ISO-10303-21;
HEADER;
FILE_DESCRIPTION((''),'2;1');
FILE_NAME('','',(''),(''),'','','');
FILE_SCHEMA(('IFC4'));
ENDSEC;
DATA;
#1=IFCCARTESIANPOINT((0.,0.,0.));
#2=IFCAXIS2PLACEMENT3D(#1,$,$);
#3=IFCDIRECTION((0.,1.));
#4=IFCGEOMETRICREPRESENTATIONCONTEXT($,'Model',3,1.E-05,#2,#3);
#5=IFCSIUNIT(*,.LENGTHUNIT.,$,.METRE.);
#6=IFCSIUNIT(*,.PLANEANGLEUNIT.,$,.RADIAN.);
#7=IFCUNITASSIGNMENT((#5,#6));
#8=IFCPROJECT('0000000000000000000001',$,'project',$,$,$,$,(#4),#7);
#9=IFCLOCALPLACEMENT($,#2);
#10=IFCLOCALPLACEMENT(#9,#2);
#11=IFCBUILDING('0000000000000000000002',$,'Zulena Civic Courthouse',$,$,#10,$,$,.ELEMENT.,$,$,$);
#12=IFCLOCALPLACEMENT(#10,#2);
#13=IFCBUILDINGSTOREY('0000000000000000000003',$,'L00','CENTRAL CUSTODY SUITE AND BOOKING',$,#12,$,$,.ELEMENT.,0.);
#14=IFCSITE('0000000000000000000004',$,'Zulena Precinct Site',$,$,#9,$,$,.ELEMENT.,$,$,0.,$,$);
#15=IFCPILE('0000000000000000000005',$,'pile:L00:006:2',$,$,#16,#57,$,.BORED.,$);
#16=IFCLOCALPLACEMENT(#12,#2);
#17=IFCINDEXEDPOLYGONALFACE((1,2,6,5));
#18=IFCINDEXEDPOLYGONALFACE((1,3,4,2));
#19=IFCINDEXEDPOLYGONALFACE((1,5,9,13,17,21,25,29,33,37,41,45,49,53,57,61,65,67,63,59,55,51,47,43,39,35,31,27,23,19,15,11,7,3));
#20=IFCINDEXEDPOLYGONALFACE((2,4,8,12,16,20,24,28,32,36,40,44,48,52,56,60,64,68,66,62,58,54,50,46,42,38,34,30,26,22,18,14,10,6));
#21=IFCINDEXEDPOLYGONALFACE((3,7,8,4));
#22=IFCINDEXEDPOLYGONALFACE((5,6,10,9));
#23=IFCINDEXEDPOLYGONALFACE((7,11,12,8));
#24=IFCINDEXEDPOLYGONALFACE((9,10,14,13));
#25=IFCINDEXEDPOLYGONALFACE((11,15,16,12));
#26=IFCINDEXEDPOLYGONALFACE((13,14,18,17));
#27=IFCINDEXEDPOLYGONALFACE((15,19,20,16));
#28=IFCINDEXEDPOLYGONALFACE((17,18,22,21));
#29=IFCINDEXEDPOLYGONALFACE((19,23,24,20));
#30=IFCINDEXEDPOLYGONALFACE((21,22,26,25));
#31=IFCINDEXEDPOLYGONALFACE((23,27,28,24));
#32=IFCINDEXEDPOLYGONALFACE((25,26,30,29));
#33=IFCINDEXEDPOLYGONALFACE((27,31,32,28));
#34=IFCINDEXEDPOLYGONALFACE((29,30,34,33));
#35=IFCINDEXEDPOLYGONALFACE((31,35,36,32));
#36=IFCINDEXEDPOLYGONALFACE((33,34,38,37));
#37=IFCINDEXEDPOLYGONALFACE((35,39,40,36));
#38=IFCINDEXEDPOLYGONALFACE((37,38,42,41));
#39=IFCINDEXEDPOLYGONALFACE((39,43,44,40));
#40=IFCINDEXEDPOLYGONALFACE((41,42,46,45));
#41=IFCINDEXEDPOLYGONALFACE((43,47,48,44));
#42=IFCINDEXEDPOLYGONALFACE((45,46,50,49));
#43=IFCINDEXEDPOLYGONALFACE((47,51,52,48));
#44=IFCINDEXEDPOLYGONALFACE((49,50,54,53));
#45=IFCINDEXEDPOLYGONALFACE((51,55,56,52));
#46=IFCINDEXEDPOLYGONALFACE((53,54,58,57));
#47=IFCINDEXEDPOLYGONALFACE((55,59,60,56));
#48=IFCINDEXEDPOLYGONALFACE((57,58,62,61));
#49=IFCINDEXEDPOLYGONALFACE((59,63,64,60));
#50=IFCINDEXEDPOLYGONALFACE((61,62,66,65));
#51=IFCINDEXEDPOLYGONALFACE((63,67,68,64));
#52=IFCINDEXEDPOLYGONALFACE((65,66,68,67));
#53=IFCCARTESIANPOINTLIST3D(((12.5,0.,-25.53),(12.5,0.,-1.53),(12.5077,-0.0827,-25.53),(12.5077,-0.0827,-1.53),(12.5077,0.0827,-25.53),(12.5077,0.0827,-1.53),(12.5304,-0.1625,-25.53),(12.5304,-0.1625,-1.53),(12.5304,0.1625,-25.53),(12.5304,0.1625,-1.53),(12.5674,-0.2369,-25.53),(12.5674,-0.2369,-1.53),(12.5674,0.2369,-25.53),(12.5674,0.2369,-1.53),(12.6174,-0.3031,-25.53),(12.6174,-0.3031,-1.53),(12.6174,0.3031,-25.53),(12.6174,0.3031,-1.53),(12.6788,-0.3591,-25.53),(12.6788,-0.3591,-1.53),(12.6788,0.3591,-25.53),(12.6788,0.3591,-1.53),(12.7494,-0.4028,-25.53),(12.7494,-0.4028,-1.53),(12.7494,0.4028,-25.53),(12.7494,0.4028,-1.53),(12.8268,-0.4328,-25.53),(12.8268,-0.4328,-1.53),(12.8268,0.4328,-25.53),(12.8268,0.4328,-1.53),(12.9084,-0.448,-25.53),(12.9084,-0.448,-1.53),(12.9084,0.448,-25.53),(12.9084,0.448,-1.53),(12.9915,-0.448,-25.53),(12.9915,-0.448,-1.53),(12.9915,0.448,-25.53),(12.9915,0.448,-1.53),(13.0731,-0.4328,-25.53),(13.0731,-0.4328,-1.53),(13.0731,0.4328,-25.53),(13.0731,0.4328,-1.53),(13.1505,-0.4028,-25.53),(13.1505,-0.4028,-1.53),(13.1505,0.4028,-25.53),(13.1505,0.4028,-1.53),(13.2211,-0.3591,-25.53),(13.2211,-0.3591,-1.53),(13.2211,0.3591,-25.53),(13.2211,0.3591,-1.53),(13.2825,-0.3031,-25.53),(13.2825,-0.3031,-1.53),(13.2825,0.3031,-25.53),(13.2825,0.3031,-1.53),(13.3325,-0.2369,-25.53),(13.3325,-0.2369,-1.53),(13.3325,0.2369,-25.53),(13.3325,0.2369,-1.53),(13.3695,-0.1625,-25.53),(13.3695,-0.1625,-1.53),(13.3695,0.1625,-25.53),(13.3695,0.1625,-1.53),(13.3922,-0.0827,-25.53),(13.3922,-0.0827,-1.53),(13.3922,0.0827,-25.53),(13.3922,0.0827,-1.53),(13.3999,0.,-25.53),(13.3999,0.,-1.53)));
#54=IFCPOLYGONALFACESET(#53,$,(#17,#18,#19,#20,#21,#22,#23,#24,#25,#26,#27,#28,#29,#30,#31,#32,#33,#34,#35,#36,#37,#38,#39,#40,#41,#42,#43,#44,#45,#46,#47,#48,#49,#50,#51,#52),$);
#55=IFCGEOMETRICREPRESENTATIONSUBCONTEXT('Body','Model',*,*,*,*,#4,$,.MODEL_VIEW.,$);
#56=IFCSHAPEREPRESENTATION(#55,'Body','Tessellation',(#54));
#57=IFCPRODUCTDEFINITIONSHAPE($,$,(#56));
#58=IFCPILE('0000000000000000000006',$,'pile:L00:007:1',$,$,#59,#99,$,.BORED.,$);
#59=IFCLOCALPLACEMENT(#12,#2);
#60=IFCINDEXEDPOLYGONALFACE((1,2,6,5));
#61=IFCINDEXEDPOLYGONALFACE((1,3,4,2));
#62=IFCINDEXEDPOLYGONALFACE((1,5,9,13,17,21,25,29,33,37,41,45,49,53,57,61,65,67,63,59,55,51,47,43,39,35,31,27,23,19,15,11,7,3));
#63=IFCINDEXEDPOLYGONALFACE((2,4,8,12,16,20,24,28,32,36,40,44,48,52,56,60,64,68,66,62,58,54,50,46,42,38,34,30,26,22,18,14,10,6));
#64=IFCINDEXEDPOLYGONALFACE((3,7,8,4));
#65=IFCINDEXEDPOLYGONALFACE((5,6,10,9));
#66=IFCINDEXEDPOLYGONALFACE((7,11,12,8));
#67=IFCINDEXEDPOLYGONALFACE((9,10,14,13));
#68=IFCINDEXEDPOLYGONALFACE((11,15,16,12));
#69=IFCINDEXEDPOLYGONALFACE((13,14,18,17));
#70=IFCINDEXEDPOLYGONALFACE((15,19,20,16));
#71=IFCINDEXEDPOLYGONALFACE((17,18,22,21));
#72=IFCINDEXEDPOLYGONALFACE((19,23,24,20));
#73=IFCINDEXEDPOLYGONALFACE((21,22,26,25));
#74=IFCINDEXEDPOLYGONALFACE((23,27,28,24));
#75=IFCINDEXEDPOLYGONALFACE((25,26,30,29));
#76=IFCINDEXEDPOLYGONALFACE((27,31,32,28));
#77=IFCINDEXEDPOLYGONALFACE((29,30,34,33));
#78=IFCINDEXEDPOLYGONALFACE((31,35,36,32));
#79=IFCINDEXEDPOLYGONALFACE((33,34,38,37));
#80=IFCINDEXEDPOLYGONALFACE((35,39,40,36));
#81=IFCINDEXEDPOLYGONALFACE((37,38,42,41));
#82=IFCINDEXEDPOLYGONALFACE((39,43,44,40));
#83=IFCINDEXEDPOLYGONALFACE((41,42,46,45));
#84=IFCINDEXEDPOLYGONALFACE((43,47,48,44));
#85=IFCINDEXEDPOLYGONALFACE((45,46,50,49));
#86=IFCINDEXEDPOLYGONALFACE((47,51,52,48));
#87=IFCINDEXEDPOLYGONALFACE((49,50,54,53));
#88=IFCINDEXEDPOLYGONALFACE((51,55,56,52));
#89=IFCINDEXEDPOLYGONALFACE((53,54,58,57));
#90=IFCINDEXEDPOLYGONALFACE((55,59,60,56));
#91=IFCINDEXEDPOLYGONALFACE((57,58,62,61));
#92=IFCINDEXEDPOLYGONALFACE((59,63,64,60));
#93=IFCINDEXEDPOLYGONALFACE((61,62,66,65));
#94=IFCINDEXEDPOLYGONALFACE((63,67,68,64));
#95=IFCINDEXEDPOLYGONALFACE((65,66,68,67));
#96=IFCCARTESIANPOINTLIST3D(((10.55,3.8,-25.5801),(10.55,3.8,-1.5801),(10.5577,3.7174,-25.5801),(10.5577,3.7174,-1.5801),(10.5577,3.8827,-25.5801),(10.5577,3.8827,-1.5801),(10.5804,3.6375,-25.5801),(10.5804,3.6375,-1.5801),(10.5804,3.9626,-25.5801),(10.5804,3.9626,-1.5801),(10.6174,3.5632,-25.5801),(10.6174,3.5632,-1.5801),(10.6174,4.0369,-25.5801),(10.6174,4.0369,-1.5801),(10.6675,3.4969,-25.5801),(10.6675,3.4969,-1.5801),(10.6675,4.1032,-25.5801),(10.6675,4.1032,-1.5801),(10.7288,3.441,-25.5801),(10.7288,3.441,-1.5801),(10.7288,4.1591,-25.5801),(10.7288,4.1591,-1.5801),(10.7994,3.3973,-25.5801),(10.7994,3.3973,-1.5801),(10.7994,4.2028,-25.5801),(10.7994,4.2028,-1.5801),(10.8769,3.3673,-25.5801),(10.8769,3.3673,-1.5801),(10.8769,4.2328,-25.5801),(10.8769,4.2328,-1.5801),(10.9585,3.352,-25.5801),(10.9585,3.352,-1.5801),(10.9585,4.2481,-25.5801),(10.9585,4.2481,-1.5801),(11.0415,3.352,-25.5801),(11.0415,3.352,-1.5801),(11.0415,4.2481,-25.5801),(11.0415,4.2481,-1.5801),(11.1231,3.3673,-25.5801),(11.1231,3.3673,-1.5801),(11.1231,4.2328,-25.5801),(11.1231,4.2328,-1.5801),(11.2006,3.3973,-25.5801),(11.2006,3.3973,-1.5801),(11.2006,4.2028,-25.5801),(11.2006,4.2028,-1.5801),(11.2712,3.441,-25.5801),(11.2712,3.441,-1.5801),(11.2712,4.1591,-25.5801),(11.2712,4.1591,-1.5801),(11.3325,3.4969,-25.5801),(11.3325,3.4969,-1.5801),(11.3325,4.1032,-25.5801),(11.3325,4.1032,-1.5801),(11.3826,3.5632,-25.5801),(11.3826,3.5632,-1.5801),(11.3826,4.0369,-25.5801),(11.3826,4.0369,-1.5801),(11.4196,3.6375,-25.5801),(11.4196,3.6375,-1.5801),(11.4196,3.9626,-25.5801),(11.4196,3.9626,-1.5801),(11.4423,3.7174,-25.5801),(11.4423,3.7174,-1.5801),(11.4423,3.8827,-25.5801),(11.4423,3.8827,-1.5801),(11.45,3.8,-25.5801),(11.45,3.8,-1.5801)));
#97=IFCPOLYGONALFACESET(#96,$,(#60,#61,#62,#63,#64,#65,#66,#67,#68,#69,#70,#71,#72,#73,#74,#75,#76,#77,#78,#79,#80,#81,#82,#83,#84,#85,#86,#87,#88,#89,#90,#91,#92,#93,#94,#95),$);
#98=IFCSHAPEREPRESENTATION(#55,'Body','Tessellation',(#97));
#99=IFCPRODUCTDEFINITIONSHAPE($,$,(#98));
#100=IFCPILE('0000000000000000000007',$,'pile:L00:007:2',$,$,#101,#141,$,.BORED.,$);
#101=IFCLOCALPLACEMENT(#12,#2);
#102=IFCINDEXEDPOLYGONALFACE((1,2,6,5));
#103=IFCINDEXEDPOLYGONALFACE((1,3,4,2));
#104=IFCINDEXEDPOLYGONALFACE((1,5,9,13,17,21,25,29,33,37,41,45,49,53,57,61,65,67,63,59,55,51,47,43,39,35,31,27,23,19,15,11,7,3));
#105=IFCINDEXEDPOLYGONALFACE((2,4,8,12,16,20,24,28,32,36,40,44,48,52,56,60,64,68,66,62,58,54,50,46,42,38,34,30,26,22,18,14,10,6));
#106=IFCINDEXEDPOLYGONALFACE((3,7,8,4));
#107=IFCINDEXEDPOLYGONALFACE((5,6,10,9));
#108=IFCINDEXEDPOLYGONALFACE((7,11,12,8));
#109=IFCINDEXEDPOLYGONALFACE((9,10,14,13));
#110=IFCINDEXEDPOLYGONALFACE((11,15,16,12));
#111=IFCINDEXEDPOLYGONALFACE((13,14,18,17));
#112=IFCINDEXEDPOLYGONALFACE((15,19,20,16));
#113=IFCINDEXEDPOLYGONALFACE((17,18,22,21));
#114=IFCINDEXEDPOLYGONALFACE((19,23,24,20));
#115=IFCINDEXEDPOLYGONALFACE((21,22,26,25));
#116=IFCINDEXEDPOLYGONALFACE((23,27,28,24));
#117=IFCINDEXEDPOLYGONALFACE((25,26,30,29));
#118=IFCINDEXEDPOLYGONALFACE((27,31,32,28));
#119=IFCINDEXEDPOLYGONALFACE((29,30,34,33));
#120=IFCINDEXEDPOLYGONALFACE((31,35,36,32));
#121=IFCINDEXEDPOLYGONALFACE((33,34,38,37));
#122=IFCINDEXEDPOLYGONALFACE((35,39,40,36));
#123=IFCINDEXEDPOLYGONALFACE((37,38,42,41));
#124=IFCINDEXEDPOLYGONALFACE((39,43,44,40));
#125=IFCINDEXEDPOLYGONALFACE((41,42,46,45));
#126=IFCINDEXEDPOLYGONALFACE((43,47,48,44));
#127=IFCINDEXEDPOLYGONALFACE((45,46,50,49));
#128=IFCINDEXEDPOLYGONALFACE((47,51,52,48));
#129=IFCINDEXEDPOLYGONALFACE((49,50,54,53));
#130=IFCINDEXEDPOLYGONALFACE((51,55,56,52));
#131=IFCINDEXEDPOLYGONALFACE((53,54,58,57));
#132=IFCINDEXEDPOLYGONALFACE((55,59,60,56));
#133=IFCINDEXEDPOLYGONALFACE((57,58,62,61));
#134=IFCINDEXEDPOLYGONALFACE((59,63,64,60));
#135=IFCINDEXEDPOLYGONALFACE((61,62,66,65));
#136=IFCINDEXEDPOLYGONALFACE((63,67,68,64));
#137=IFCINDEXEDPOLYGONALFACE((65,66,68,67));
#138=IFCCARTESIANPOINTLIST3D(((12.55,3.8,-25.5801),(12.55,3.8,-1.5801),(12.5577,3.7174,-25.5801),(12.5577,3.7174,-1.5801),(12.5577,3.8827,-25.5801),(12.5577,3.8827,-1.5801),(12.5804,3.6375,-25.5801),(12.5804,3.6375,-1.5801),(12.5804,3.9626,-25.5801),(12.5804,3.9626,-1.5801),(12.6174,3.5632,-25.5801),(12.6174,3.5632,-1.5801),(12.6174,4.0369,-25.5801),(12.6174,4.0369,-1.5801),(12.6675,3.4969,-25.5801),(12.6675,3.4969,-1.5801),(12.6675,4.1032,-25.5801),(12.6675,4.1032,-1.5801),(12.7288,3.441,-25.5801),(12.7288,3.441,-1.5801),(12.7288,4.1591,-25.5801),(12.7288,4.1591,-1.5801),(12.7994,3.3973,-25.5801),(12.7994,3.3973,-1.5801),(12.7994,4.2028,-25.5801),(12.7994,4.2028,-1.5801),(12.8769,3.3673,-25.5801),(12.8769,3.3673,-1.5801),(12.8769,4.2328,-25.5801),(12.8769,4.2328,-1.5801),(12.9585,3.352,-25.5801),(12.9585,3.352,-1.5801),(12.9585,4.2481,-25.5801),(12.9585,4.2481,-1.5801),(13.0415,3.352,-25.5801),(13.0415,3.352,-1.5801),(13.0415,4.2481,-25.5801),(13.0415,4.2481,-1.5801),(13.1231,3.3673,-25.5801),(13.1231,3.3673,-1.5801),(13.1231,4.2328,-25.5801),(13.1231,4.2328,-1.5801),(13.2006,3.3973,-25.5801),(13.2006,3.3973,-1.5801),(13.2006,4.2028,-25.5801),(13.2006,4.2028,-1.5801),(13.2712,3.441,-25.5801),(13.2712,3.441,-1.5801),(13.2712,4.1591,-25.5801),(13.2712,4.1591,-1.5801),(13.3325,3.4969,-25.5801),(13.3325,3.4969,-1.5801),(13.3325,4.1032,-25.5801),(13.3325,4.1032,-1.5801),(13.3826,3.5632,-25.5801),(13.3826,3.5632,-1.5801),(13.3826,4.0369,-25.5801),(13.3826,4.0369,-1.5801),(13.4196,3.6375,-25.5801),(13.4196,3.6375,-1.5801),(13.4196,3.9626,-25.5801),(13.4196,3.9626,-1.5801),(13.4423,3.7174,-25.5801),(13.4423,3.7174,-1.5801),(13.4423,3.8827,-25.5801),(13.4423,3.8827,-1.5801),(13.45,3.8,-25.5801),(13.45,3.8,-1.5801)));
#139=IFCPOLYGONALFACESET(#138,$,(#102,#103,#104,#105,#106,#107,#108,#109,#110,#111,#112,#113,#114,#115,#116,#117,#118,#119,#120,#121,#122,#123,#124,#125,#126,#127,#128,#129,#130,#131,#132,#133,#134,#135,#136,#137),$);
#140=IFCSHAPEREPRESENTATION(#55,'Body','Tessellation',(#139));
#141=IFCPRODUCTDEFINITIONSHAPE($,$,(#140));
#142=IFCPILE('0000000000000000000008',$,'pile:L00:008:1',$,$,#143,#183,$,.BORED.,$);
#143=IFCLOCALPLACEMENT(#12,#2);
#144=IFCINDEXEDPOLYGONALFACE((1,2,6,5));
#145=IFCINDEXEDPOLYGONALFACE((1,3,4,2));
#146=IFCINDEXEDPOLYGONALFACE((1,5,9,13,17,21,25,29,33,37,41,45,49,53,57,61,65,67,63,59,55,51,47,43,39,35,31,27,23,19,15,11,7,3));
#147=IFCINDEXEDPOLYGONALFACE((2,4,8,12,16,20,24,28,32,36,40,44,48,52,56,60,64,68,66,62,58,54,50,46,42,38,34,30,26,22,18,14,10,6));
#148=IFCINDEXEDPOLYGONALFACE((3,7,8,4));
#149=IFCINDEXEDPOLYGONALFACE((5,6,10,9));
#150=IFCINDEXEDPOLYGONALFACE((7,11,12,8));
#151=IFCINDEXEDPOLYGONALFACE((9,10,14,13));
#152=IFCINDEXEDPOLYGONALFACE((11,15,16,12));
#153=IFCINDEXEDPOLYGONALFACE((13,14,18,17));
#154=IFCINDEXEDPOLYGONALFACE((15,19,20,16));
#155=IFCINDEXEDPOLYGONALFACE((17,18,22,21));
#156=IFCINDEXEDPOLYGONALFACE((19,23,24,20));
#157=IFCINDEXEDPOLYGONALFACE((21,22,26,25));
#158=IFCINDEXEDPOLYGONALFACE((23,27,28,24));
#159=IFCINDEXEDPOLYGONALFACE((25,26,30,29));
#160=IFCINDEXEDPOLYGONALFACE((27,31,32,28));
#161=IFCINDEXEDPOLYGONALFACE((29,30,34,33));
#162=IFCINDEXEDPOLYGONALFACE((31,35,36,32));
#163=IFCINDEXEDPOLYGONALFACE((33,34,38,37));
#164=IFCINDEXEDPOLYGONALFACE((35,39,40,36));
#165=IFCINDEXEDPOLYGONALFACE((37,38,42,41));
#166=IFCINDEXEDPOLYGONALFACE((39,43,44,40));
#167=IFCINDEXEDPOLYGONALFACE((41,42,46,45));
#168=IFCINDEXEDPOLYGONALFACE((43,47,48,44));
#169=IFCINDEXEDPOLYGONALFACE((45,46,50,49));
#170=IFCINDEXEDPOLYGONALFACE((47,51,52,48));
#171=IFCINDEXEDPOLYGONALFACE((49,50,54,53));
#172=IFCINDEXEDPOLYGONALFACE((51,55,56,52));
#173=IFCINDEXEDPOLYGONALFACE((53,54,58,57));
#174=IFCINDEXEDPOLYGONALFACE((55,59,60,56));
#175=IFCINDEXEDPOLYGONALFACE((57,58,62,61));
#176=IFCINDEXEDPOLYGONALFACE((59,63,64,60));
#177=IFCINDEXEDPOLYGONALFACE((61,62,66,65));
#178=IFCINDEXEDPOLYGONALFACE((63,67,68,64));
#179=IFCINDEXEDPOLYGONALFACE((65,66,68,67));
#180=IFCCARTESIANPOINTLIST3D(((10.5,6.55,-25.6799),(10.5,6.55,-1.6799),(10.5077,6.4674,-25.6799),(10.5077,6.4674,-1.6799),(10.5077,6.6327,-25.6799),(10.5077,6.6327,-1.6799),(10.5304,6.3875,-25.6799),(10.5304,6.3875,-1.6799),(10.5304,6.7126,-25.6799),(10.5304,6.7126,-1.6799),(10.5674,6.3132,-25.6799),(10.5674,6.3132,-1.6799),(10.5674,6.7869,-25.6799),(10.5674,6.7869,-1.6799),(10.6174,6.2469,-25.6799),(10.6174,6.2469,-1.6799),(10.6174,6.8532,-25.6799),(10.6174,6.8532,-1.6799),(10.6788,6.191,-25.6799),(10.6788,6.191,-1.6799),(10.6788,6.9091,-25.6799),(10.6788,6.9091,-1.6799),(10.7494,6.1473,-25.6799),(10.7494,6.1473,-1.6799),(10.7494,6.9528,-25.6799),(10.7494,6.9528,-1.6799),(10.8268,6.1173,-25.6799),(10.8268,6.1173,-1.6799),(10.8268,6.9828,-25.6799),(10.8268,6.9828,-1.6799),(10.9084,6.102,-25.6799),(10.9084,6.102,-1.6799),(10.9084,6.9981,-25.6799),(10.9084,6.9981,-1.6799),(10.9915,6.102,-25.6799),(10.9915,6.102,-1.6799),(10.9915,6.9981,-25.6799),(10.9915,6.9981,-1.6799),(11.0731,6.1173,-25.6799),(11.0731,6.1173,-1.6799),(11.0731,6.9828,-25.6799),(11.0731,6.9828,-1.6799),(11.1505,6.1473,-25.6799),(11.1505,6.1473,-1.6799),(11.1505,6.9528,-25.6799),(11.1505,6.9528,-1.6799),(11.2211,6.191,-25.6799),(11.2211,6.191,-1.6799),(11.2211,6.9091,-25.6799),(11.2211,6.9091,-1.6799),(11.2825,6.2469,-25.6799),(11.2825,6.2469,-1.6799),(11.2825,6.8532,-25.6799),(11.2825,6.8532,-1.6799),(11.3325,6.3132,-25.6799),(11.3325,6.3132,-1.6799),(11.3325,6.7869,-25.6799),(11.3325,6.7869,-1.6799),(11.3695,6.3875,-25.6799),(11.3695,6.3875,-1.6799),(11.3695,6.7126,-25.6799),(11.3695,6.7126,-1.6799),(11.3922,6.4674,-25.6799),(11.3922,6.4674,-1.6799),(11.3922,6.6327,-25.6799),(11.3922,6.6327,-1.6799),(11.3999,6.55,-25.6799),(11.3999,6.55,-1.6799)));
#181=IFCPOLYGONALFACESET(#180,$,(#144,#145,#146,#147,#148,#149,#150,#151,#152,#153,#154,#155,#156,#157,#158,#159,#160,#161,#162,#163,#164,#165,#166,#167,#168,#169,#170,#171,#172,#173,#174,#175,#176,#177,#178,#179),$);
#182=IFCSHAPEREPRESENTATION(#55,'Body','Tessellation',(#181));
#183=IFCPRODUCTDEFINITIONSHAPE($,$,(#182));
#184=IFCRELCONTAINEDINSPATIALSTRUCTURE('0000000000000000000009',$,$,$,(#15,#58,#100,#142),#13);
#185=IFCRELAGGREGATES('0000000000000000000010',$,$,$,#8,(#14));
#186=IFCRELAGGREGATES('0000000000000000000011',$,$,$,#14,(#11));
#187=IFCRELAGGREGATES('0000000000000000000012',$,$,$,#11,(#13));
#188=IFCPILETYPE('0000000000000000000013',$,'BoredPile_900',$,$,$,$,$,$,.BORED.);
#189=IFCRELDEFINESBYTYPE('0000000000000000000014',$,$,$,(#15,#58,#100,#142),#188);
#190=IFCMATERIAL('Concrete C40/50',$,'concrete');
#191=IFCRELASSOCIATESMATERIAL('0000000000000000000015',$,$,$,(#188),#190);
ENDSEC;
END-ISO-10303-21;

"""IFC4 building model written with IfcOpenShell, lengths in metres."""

from ifc_helpers import new_model, si_unit, direction, frame, origin, origin_2d, place, context, subcontext, project, spatial, circle, extrude, material, material_profile, profile_set, type_object, element, save


model = new_model("IFC4")

# Units and contexts
model_context = context("Model", 3, precision=1e-05, world=origin(), true_north=direction((0.0, 1.0)))
body_context = subcontext(model_context, "Body", "Model", "MODEL_VIEW")
ifc_project = project(units=[si_unit("LENGTHUNIT", "METRE"), si_unit("PLANEANGLEUNIT", "RADIAN")], contexts=[model_context])

# Site, building, storey
site_placement = place(None, origin())
site = spatial("IfcSite", under=ifc_project, at=site_placement, Name="Zulena Precinct Site", CompositionType="ELEMENT", RefElevation=0.0)
building_placement = place(site_placement, origin())
building = spatial("IfcBuilding", under=site, at=building_placement, Name="Zulena Civic Courthouse", CompositionType="ELEMENT")
storey_placement = place(building_placement, origin())
storey = spatial("IfcBuildingStorey", under=building, at=storey_placement, Name="L00", Description="CENTRAL CUSTODY SUITE AND BOOKING", CompositionType="ELEMENT", Elevation=0.0)

# Piles
ifc_material_1 = material(Name="Concrete C40/50", Category="concrete")
ifc_material_profile_1 = material_profile(ifc_material_1, circle(Radius=0.45, at=origin_2d()), Name="PILE900")
ifc_profile_set_1 = profile_set([ifc_material_profile_1], Name="Concrete C40/50")
pile_type = type_object("IfcPileType", Name="BoredPile_900", PredefinedType="BORED", material=ifc_profile_set_1)
for number, where, z_axis, x_axis, name in (
    (1, (12.95, 0.0, -1.53), (0.0, 0.0, -1.0), (1.0, 0.0, 0.0), "pile:L00:006:2"),
    (2, (11.0, 3.8, -1.5801), (0.0, 0.0, -1.0), (1.0, 0.0, 0.0), "pile:L00:007:1"),
    (3, (13.0, 3.8, -1.5801), (0.0, 0.0, -1.0), (1.0, 0.0, 0.0), "pile:L00:007:2"),
    (4, (10.95, 6.55, -1.6799), (0.0, 0.0, -1.0), (1.0, 0.0, 0.0), "pile:L00:008:1"),
):
    element("IfcPile", number, at=place(storey_placement, frame(where, z_axis=z_axis, x_axis=x_axis)), inside=storey, type_object=pile_type, Name=name, PredefinedType="BORED", context=body_context, shape_type="SweptSolid", body=[
        extrude(circle(Radius=0.45, at=origin_2d()), origin(), (0.0, 0.0, 1.0), 24.0),
    ])

save(model, "model.ifc")
